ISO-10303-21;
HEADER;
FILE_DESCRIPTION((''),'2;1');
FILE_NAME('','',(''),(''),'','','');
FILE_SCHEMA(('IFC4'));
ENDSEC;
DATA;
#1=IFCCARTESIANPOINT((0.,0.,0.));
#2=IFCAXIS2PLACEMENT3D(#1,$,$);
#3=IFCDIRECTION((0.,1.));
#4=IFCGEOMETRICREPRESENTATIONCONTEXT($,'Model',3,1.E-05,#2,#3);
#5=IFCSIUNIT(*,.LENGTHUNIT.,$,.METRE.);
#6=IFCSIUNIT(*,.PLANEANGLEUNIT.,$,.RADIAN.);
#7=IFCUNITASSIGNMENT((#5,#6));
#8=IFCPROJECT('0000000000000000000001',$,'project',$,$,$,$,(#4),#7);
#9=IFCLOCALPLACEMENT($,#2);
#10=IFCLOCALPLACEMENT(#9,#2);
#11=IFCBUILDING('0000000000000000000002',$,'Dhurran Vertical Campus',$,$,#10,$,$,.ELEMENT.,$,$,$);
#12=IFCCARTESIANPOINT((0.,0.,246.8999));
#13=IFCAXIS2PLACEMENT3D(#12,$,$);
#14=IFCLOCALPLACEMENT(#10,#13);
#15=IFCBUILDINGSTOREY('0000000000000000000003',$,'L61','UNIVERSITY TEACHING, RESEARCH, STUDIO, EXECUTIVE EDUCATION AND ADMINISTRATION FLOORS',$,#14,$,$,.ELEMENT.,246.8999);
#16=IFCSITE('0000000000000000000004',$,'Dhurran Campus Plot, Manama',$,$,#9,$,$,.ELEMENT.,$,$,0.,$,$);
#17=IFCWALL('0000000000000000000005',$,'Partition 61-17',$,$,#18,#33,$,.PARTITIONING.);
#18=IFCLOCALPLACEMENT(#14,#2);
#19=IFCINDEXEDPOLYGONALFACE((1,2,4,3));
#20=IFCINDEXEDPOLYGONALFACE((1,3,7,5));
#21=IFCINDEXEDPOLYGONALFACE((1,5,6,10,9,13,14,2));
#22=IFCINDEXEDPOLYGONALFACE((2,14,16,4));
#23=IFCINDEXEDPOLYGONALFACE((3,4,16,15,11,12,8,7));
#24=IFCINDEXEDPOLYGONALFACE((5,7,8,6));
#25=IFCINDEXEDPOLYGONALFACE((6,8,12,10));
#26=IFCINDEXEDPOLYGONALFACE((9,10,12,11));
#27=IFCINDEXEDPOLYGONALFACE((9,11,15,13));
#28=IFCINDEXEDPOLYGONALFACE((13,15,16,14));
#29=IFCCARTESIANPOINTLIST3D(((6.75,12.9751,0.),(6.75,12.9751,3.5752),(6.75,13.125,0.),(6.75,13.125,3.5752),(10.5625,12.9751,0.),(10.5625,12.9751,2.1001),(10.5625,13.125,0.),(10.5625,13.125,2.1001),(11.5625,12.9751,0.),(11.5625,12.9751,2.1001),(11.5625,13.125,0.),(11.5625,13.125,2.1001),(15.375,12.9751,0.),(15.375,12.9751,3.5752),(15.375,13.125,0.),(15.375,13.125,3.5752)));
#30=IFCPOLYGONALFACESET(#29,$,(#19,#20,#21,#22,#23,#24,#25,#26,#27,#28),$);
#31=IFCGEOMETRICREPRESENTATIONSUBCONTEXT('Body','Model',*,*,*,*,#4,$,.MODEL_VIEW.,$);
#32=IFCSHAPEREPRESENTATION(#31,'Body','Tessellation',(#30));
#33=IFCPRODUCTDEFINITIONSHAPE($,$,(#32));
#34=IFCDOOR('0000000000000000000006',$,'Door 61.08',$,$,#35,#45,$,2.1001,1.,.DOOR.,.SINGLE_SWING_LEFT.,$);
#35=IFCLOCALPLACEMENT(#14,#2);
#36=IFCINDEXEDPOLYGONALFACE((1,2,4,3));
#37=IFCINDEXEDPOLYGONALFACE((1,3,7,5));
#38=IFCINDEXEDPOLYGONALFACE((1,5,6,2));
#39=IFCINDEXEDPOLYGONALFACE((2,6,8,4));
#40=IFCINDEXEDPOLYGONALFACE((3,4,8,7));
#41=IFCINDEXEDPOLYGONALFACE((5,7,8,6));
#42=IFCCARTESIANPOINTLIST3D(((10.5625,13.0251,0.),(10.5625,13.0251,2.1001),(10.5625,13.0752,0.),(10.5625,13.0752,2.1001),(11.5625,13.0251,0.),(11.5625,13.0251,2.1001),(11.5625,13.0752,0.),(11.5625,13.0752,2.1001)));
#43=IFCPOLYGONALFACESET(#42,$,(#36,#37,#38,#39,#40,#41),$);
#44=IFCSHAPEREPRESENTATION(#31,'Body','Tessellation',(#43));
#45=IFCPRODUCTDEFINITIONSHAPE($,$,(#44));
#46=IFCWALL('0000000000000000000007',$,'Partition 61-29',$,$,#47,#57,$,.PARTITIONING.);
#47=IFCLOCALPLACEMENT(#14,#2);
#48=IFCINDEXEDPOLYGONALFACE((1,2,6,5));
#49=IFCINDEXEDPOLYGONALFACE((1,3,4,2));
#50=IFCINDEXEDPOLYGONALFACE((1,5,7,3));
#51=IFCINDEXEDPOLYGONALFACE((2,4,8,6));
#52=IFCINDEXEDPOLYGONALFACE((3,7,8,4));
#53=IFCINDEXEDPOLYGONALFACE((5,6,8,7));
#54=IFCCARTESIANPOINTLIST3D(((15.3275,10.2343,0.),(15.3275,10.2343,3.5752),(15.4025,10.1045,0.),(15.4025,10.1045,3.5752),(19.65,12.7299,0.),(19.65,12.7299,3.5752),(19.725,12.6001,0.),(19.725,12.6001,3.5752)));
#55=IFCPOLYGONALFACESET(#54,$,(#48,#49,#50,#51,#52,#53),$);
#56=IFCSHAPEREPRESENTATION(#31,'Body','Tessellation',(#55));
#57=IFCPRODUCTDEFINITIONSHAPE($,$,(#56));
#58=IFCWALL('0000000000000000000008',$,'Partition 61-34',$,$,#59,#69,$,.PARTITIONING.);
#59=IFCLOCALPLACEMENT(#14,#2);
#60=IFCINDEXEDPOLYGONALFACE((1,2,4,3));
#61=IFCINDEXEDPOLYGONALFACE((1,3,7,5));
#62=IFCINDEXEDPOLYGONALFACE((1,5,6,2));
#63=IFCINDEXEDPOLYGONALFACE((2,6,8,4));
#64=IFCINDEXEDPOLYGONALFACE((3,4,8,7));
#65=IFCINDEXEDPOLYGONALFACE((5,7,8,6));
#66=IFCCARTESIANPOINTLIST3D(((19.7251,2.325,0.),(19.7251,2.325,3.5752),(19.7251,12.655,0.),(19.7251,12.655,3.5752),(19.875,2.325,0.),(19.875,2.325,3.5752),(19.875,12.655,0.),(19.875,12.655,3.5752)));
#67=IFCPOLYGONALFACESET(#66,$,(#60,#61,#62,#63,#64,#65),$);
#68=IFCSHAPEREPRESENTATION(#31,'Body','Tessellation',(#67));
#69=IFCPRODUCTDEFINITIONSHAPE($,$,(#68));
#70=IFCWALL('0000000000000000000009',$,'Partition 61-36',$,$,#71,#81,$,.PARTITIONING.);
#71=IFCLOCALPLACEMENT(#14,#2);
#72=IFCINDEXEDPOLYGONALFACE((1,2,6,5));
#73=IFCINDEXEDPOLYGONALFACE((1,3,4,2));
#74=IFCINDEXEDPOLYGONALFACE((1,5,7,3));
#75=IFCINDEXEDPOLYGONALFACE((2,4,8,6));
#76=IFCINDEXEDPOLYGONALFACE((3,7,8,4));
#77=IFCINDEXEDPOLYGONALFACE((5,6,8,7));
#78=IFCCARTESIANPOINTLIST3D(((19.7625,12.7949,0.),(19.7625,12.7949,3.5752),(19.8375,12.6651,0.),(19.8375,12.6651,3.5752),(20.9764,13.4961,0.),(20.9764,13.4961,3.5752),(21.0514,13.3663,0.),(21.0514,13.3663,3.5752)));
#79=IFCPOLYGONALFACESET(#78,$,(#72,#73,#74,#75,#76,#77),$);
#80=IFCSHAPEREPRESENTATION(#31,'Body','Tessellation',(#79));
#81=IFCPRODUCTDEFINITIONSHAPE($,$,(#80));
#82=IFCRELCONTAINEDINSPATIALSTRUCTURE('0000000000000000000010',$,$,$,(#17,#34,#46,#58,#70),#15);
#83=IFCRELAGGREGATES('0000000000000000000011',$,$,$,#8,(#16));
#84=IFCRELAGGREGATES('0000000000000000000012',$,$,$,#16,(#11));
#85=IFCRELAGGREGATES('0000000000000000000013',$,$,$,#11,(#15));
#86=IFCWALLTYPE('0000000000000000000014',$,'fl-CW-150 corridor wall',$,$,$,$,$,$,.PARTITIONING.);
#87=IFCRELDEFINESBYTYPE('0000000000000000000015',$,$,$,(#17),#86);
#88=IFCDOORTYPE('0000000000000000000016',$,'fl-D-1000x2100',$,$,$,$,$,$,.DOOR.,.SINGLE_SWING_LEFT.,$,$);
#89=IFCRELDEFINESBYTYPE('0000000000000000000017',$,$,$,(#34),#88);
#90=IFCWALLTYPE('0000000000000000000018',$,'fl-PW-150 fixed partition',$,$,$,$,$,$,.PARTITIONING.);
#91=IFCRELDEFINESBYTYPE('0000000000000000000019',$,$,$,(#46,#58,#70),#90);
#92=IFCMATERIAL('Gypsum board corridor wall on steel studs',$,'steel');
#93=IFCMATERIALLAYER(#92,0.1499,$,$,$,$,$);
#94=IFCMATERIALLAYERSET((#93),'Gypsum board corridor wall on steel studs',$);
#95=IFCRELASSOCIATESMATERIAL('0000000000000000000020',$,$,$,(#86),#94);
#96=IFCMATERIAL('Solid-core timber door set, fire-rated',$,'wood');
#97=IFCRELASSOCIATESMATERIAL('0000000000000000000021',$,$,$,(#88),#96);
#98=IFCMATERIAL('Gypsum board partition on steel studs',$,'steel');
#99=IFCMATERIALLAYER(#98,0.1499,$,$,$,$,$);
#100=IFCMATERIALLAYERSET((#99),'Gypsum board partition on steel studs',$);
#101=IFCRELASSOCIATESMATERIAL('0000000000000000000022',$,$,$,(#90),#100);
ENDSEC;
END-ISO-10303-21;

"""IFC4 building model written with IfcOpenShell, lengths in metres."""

from ifc_helpers import new_model, si_unit, direction, frame, frame_2d, origin, place, context, subcontext, project, spatial, rectangle, extrude, material, layer, layer_set, type_object, element, fill, save


model = new_model("IFC4")

# Units and contexts
model_context = context("Model", 3, precision=1e-05, world=origin(), true_north=direction((0.0, 1.0)))
body_context = subcontext(model_context, "Body", "Model", "MODEL_VIEW")
ifc_project = project(units=[si_unit("LENGTHUNIT", "METRE"), si_unit("PLANEANGLEUNIT", "RADIAN")], contexts=[model_context])

# Site, building, storey
site_placement = place(None, origin())
site = spatial("IfcSite", under=ifc_project, at=site_placement, Name="Dhurran Campus Plot, Manama", CompositionType="ELEMENT", RefElevation=0.0)
building_placement = place(site_placement, origin())
building = spatial("IfcBuilding", under=site, at=building_placement, Name="Dhurran Vertical Campus", CompositionType="ELEMENT")
storey_placement = place(building_placement, frame((0.0, 0.0, 246.8999)))
storey = spatial("IfcBuildingStorey", under=building, at=storey_placement, Name="L61", Description="UNIVERSITY TEACHING, RESEARCH, STUDIO, EXECUTIVE EDUCATION AND ADMINISTRATION FLOORS", CompositionType="ELEMENT", Elevation=246.8999)

# Wall, opening, door
ifc_material_1 = material(Name="Gypsum board corridor wall on steel studs", Category="steel")
ifc_layer_1 = layer(ifc_material_1, 0.1499)
ifc_layer_set_1 = layer_set([ifc_layer_1], Name="Gypsum board corridor wall on steel studs")
wall_type_1 = type_object("IfcWallType", Name="fl-CW-150 corridor wall", PredefinedType="PARTITIONING", material=ifc_layer_set_1)
wall_1_placement = place(storey_placement, frame((15.375, 13.05, 0.0), z_axis=(0.0, 0.0, 1.0), x_axis=(-1.0, 0.0, 0.0)))
wall_1 = element("IfcWall", 1, at=wall_1_placement, inside=storey, type_object=wall_type_1, Name="Partition 61-17", PredefinedType="PARTITIONING", context=body_context, shape_type="SweptSolid", body=[
    extrude(rectangle(XDim=8.625, YDim=0.1499, at=frame_2d((4.3125, 0.0))), origin(), (0.0, 0.0, 1.0), 3.5752),
])
opening_1_placement = place(wall_1_placement, frame((3.8125, 0.0, 0.0)))
opening_1 = element("IfcOpeningElement", 2, at=opening_1_placement, cuts=wall_1, PredefinedType="OPENING", context=body_context, shape_type="SweptSolid", body=[
    extrude(rectangle(XDim=1.0, YDim=2.1001, at=frame_2d((0.5, 1.05))), frame((0.0, 0.085, 0.0), z_axis=(0.0, -1.0, 0.0), x_axis=(1.0, 0.0, 0.0)), (0.0, 0.0, 1.0), 0.1699),
])
ifc_material_2 = material(Name="Solid-core timber door set, fire-rated", Category="wood")
door_type = type_object("IfcDoorType", Name="fl-D-1000x2100", OperationType="SINGLE_SWING_LEFT", PredefinedType="DOOR", material=ifc_material_2)
door_placement = place(opening_1_placement, origin())
door = element("IfcDoor", 3, at=door_placement, inside=storey, type_object=door_type, Name="Door 61.08", OperationType="SINGLE_SWING_LEFT", OverallHeight=2.1001, OverallWidth=1.0, PredefinedType="DOOR", context=body_context, shape_type="SweptSolid", body=[
    extrude(rectangle(XDim=1.0, YDim=2.1001, at=frame_2d((0.5, 1.05))), frame((0.0, 0.0249, 0.0), z_axis=(0.0, -1.0, 0.0), x_axis=(1.0, 0.0, 0.0)), (0.0, 0.0, 1.0), 0.05),
])
fill(opening_1, door)

# Walls
ifc_material_3 = material(Name="Gypsum board partition on steel studs", Category="steel")
ifc_layer_2 = layer(ifc_material_3, 0.1499)
ifc_layer_set_2 = layer_set([ifc_layer_2], Name="Gypsum board partition on steel studs")
wall_type_2 = type_object("IfcWallType", Name="fl-PW-150 fixed partition", PredefinedType="PARTITIONING", material=ifc_layer_set_2)
wall_2_placement = place(storey_placement, frame((19.6875, 12.665, 0.0), z_axis=(0.0, 0.0, 1.0), x_axis=(-0.866025, -0.5, 0.0)))
element("IfcWall", 4, at=wall_2_placement, inside=storey, type_object=wall_type_2, Name="Partition 61-29", PredefinedType="PARTITIONING", context=body_context, shape_type="SweptSolid", body=[
    extrude(rectangle(XDim=4.9912, YDim=0.1499, at=frame_2d((2.4956, 0.0))), origin(), (0.0, 0.0, 1.0), 3.5752),
])
wall_3_placement = place(storey_placement, frame((19.8, 12.655, 0.0), z_axis=(0.0, 0.0, 1.0), x_axis=(0.0, -1.0, 0.0)))
element("IfcWall", 5, at=wall_3_placement, inside=storey, type_object=wall_type_2, Name="Partition 61-34", PredefinedType="PARTITIONING", context=body_context, shape_type="SweptSolid", body=[
    extrude(rectangle(XDim=10.3301, YDim=0.1499, at=frame_2d((5.165, 0.0))), origin(), (0.0, 0.0, 1.0), 3.5752),
])
wall_4_placement = place(storey_placement, frame((21.0139, 13.4312, 0.0), z_axis=(0.0, 0.0, 1.0), x_axis=(-0.865919, -0.500185, 0.0)))
element("IfcWall", 6, at=wall_4_placement, inside=storey, type_object=wall_type_2, Name="Partition 61-36", PredefinedType="PARTITIONING", context=body_context, shape_type="SweptSolid", body=[
    extrude(rectangle(XDim=1.4019, YDim=0.1499, at=frame_2d((0.7009, 0.0))), origin(), (0.0, 0.0, 1.0), 3.5752),
])

save(model, "model.ifc")
